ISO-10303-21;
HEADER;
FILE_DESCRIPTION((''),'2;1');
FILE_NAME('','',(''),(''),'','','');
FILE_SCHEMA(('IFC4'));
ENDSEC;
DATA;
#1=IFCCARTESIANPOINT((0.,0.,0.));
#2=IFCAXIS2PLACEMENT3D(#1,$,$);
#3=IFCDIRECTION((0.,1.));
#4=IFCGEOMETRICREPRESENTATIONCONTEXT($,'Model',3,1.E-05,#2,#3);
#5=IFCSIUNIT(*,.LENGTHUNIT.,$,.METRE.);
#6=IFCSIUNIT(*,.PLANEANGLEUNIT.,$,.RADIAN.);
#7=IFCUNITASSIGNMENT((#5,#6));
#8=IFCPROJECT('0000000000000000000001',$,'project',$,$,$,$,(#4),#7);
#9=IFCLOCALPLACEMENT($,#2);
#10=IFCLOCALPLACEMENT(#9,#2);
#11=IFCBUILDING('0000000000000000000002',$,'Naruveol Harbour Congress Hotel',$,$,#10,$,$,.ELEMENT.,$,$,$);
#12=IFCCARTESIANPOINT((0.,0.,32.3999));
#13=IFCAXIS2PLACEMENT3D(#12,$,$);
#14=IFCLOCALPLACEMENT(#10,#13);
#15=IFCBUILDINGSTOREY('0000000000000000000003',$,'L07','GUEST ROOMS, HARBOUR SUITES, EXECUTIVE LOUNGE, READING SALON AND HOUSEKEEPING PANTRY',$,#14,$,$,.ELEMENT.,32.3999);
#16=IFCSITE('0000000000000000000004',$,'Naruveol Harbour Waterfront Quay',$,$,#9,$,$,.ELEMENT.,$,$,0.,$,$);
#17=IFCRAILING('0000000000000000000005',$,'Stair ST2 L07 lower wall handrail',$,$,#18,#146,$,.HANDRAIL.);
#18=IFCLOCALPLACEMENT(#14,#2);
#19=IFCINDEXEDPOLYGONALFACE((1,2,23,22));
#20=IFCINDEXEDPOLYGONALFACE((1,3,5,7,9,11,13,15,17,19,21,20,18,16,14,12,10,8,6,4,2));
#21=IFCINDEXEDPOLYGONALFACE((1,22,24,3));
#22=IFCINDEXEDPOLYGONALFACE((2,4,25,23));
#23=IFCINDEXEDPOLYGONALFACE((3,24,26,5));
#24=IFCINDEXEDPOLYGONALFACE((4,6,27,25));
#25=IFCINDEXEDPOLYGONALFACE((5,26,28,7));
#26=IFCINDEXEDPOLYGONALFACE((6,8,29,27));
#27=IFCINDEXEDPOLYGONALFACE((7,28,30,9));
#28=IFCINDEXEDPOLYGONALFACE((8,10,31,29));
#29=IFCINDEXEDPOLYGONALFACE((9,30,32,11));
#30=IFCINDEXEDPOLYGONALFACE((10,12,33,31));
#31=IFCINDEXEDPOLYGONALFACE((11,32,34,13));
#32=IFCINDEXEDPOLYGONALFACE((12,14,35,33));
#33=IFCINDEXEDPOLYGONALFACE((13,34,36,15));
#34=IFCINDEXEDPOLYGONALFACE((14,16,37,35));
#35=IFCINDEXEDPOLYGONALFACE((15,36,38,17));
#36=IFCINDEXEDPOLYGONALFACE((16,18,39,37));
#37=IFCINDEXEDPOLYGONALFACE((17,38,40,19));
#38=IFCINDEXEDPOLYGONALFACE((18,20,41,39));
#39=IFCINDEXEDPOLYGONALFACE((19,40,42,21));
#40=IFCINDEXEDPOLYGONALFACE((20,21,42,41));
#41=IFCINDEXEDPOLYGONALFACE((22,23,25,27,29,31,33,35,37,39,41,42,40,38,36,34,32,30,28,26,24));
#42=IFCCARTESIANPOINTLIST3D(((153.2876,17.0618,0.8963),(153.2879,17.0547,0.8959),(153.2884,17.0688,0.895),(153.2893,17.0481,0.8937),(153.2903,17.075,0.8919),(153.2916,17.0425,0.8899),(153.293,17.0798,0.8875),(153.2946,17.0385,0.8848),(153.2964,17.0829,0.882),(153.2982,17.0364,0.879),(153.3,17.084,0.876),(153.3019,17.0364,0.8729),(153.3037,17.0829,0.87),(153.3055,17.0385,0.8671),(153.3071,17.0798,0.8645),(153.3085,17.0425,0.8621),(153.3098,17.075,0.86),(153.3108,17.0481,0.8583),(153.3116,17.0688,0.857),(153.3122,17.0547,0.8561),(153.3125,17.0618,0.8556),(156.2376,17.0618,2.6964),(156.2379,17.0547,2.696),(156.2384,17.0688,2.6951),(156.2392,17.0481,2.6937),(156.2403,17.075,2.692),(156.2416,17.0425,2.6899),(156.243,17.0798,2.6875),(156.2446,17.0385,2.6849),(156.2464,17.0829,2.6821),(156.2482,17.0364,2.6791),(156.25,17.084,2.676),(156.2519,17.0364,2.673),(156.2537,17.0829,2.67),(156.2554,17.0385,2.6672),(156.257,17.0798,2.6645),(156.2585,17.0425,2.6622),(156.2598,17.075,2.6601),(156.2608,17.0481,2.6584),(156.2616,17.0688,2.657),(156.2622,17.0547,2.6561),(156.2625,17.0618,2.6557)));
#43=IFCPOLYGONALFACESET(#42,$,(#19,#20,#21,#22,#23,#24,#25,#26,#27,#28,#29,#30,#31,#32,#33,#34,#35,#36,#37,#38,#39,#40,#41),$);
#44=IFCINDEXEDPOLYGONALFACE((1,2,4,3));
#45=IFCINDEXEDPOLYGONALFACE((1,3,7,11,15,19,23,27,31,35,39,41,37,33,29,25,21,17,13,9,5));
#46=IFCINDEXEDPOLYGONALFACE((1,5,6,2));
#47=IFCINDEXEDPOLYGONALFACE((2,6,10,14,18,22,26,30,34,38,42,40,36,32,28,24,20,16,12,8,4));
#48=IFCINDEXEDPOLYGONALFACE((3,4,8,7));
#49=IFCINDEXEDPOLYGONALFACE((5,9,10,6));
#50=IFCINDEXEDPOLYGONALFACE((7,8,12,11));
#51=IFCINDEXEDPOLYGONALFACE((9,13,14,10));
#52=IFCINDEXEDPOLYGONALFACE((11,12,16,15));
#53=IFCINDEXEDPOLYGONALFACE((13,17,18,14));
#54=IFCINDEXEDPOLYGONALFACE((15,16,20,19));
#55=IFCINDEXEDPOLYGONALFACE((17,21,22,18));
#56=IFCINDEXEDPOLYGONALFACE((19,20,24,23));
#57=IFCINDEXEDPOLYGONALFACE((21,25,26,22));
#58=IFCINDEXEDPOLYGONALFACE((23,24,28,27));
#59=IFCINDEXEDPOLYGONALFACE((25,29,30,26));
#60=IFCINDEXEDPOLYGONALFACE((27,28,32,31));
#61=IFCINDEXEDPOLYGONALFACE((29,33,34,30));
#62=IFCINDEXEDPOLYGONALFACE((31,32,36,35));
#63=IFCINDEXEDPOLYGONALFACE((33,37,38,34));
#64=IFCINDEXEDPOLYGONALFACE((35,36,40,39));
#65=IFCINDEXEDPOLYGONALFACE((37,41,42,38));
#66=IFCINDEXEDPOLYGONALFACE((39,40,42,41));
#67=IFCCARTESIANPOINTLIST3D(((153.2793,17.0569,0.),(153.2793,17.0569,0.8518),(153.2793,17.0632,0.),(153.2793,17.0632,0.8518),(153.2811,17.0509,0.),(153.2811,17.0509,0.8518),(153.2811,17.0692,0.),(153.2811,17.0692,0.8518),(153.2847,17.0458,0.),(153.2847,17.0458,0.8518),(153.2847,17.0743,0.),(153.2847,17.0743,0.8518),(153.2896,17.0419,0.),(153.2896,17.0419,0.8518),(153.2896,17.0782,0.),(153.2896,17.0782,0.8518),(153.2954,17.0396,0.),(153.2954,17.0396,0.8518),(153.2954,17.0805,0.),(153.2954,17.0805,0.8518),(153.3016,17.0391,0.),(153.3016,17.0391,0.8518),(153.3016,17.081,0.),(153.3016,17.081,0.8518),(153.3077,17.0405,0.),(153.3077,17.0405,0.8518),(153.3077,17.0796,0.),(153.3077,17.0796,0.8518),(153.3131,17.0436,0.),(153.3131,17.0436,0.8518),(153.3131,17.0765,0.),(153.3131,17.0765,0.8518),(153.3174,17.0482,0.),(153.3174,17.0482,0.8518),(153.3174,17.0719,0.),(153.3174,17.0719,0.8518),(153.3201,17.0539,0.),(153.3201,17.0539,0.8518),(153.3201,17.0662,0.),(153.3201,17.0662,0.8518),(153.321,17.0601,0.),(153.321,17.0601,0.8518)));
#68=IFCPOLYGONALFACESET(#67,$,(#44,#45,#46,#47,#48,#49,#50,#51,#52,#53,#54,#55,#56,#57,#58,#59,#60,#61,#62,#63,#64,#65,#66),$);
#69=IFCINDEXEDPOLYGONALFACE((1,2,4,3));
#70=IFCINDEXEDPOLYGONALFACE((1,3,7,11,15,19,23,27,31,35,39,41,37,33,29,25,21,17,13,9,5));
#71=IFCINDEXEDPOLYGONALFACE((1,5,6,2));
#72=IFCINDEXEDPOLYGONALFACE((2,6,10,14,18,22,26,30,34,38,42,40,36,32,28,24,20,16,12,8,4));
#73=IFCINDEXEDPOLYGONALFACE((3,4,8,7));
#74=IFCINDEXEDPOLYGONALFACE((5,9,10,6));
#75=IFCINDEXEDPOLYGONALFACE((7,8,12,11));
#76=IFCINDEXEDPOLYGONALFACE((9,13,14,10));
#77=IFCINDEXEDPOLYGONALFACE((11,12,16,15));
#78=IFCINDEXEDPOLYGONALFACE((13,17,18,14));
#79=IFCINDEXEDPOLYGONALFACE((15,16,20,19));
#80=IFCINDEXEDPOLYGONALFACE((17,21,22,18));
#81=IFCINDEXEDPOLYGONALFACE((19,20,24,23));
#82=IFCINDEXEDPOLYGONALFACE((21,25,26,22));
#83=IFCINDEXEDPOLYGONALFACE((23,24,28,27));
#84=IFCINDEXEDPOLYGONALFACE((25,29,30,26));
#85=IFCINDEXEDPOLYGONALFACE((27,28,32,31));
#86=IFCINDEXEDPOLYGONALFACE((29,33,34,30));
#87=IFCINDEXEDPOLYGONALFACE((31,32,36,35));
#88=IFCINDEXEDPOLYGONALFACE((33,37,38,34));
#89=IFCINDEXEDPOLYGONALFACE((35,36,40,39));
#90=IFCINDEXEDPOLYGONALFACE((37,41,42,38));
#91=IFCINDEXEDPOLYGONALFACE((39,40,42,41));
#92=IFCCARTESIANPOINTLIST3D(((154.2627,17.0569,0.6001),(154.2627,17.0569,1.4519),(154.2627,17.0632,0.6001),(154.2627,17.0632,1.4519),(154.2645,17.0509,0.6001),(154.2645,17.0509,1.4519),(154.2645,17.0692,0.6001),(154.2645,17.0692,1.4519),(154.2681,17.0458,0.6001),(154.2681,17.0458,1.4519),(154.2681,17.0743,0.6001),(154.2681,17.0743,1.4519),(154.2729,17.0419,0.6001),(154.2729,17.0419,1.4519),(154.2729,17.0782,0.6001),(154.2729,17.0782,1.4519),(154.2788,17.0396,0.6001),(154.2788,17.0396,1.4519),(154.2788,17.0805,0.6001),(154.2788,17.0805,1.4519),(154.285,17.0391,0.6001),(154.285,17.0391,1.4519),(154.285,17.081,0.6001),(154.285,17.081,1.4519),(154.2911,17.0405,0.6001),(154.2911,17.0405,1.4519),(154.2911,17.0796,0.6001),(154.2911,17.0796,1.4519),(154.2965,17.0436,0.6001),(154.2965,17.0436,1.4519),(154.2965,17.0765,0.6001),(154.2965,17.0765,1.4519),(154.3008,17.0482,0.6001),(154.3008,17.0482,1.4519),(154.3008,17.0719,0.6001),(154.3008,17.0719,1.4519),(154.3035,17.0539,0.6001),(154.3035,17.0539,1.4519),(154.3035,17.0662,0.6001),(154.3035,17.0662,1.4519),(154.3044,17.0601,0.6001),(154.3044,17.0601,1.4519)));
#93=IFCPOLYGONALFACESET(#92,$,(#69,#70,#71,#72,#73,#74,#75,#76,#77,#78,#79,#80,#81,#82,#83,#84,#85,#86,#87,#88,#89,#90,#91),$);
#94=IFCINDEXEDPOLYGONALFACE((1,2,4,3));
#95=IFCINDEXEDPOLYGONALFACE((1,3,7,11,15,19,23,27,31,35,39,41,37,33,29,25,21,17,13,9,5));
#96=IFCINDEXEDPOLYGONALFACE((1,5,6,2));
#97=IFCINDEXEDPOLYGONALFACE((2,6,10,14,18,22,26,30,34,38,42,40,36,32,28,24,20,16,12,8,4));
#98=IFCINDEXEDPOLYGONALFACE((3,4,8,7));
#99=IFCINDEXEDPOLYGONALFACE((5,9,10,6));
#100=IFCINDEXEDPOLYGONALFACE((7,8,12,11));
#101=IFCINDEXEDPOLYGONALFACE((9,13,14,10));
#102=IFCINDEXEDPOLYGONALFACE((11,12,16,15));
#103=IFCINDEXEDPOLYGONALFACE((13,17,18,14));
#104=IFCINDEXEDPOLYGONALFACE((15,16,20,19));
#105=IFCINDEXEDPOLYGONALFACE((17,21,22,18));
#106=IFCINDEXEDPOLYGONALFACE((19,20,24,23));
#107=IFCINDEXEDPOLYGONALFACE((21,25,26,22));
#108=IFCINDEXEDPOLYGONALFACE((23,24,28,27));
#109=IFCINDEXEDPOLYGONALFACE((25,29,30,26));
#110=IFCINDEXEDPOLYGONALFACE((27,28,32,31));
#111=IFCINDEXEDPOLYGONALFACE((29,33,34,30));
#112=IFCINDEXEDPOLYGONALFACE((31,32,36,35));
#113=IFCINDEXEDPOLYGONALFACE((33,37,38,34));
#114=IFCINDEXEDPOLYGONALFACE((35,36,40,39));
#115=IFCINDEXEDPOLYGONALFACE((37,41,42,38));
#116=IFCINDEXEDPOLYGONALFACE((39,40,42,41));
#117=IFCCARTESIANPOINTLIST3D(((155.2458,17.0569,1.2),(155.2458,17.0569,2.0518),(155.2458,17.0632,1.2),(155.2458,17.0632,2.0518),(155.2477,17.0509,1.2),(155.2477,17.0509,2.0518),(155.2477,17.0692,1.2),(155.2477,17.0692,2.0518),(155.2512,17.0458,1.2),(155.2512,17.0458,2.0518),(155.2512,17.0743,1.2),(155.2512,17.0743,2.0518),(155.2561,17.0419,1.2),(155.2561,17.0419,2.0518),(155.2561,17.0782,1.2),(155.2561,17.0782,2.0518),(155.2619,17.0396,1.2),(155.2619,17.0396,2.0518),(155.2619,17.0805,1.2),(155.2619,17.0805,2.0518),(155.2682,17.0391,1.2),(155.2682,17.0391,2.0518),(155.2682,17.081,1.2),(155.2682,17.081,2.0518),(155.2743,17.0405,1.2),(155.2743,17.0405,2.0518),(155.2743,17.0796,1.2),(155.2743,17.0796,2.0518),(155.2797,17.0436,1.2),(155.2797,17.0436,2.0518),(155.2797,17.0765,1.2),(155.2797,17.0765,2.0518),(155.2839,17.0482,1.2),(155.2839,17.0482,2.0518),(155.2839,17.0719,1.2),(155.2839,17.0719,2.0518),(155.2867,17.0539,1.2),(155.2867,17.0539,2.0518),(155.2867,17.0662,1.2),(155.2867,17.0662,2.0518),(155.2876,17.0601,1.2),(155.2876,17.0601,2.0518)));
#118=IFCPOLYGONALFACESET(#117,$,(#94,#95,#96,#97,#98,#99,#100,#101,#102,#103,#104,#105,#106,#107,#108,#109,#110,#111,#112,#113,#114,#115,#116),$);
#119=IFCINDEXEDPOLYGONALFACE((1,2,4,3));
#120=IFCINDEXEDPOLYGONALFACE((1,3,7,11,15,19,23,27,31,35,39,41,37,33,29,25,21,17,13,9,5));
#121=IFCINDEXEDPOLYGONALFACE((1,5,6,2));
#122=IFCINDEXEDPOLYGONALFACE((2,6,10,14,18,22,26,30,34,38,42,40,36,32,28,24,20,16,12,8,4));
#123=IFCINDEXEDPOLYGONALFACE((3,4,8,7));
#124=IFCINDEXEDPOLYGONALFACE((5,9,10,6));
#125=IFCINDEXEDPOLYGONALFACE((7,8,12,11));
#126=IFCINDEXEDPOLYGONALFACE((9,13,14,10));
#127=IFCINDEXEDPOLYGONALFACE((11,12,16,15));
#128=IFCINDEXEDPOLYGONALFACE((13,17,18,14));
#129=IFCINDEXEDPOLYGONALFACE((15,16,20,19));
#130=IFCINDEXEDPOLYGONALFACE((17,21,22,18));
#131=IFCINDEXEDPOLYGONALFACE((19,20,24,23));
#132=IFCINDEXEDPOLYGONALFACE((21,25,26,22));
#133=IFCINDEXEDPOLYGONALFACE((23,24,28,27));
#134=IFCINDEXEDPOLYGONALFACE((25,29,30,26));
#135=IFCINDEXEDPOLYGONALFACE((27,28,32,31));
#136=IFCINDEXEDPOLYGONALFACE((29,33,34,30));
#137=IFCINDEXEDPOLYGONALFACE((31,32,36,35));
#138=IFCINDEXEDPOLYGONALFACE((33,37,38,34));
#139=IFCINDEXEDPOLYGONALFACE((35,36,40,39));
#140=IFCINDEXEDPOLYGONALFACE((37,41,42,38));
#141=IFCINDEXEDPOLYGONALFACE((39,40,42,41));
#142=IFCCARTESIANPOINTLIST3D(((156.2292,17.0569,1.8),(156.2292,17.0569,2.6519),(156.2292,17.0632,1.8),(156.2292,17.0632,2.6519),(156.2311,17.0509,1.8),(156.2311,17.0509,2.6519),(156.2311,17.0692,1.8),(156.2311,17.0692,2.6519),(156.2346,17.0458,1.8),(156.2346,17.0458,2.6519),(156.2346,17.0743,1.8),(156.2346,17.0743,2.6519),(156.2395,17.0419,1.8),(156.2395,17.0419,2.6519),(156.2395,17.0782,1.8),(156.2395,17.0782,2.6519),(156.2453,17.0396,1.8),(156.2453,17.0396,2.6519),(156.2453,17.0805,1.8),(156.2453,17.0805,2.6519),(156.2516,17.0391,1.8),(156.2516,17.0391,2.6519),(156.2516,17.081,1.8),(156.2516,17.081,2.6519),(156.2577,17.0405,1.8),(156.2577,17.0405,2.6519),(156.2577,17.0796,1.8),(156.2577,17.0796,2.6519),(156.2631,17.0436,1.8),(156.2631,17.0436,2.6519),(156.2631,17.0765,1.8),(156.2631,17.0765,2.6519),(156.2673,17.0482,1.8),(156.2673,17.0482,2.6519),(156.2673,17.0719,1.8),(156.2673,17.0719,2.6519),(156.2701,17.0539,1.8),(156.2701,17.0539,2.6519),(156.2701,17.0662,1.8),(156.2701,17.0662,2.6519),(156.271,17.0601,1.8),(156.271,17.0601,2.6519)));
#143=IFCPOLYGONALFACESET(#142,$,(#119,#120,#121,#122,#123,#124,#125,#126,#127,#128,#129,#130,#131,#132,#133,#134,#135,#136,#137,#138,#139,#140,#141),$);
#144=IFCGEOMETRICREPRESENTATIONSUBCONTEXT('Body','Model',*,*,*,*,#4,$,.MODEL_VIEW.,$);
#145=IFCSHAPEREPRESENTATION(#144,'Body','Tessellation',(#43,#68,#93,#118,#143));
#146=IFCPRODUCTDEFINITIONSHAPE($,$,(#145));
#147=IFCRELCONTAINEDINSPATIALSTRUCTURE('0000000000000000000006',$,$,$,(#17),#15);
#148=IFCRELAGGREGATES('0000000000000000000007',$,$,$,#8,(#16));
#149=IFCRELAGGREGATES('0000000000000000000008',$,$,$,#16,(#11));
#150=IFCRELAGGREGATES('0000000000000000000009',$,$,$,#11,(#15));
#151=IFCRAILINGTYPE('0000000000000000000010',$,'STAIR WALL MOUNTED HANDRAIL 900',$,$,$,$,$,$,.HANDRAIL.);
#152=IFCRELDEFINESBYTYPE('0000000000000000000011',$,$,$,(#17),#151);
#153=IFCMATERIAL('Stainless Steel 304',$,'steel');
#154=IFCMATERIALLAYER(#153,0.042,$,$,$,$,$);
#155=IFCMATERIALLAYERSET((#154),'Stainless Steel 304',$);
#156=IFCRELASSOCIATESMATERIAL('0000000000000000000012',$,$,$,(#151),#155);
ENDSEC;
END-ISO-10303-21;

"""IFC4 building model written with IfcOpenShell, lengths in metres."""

from ifc_helpers import new_model, si_unit, direction, frame, origin, origin_2d, place, context, subcontext, project, spatial, circle, extrude, material, layer, layer_set, type_object, element, save


model = new_model("IFC4")

# Units and contexts
model_context = context("Model", 3, precision=1e-05, world=origin(), true_north=direction((0.0, 1.0)))
body_context = subcontext(model_context, "Body", "Model", "MODEL_VIEW")
ifc_project = project(units=[si_unit("LENGTHUNIT", "METRE"), si_unit("PLANEANGLEUNIT", "RADIAN")], contexts=[model_context])

# Site, building, storey
site_placement = place(None, origin())
site = spatial("IfcSite", under=ifc_project, at=site_placement, Name="Naruveol Harbour Waterfront Quay", CompositionType="ELEMENT", RefElevation=0.0)
building_placement = place(site_placement, origin())
building = spatial("IfcBuilding", under=site, at=building_placement, Name="Naruveol Harbour Congress Hotel", CompositionType="ELEMENT")
storey_placement = place(building_placement, frame((0.0, 0.0, 32.3999)))
storey = spatial("IfcBuildingStorey", under=building, at=storey_placement, Name="L07", Description="GUEST ROOMS, HARBOUR SUITES, EXECUTIVE LOUNGE, READING SALON AND HOUSEKEEPING PANTRY", CompositionType="ELEMENT", Elevation=32.3999)

# Railing
ifc_material_1 = material(Name="Stainless Steel 304", Category="steel")
ifc_layer_1 = layer(ifc_material_1, 0.042)
ifc_layer_set_1 = layer_set([ifc_layer_1], Name="Stainless Steel 304")
railing_type_1 = type_object("IfcRailingType", Name="STAIR WALL MOUNTED HANDRAIL 900", PredefinedType="HANDRAIL", material=ifc_layer_set_1)
railing_1_placement = place(storey_placement, frame((153.3, 17.0601, 0.0)))
element("IfcRailing", 1, at=railing_1_placement, inside=storey, type_object=railing_type_1, Name="Stair ST2 L07 lower wall handrail", PredefinedType="HANDRAIL", context=body_context, shape_type="SweptSolid", body=[
    extrude(circle(Radius=0.0239, at=origin_2d()), frame((0.0, 0.0, 0.876), z_axis=(0.853629, 0.0, 0.520881), x_axis=(0.0, 1.0, 0.0)), (0.0, 0.0, 1.0), 3.4558),
    extrude(circle(Radius=0.021, at=origin_2d()), origin(), (0.0, 0.0, 1.0), 0.8518),
    extrude(circle(Radius=0.021, at=origin_2d()), frame((0.9834, 0.0, 0.6001)), (0.0, 0.0, 1.0), 0.8518),
    extrude(circle(Radius=0.021, at=origin_2d()), frame((1.9666, 0.0, 1.2)), (0.0, 0.0, 1.0), 0.8518),
    extrude(circle(Radius=0.021, at=origin_2d()), frame((2.95, 0.0, 1.8)), (0.0, 0.0, 1.0), 0.8518),
])

save(model, "model.ifc")
